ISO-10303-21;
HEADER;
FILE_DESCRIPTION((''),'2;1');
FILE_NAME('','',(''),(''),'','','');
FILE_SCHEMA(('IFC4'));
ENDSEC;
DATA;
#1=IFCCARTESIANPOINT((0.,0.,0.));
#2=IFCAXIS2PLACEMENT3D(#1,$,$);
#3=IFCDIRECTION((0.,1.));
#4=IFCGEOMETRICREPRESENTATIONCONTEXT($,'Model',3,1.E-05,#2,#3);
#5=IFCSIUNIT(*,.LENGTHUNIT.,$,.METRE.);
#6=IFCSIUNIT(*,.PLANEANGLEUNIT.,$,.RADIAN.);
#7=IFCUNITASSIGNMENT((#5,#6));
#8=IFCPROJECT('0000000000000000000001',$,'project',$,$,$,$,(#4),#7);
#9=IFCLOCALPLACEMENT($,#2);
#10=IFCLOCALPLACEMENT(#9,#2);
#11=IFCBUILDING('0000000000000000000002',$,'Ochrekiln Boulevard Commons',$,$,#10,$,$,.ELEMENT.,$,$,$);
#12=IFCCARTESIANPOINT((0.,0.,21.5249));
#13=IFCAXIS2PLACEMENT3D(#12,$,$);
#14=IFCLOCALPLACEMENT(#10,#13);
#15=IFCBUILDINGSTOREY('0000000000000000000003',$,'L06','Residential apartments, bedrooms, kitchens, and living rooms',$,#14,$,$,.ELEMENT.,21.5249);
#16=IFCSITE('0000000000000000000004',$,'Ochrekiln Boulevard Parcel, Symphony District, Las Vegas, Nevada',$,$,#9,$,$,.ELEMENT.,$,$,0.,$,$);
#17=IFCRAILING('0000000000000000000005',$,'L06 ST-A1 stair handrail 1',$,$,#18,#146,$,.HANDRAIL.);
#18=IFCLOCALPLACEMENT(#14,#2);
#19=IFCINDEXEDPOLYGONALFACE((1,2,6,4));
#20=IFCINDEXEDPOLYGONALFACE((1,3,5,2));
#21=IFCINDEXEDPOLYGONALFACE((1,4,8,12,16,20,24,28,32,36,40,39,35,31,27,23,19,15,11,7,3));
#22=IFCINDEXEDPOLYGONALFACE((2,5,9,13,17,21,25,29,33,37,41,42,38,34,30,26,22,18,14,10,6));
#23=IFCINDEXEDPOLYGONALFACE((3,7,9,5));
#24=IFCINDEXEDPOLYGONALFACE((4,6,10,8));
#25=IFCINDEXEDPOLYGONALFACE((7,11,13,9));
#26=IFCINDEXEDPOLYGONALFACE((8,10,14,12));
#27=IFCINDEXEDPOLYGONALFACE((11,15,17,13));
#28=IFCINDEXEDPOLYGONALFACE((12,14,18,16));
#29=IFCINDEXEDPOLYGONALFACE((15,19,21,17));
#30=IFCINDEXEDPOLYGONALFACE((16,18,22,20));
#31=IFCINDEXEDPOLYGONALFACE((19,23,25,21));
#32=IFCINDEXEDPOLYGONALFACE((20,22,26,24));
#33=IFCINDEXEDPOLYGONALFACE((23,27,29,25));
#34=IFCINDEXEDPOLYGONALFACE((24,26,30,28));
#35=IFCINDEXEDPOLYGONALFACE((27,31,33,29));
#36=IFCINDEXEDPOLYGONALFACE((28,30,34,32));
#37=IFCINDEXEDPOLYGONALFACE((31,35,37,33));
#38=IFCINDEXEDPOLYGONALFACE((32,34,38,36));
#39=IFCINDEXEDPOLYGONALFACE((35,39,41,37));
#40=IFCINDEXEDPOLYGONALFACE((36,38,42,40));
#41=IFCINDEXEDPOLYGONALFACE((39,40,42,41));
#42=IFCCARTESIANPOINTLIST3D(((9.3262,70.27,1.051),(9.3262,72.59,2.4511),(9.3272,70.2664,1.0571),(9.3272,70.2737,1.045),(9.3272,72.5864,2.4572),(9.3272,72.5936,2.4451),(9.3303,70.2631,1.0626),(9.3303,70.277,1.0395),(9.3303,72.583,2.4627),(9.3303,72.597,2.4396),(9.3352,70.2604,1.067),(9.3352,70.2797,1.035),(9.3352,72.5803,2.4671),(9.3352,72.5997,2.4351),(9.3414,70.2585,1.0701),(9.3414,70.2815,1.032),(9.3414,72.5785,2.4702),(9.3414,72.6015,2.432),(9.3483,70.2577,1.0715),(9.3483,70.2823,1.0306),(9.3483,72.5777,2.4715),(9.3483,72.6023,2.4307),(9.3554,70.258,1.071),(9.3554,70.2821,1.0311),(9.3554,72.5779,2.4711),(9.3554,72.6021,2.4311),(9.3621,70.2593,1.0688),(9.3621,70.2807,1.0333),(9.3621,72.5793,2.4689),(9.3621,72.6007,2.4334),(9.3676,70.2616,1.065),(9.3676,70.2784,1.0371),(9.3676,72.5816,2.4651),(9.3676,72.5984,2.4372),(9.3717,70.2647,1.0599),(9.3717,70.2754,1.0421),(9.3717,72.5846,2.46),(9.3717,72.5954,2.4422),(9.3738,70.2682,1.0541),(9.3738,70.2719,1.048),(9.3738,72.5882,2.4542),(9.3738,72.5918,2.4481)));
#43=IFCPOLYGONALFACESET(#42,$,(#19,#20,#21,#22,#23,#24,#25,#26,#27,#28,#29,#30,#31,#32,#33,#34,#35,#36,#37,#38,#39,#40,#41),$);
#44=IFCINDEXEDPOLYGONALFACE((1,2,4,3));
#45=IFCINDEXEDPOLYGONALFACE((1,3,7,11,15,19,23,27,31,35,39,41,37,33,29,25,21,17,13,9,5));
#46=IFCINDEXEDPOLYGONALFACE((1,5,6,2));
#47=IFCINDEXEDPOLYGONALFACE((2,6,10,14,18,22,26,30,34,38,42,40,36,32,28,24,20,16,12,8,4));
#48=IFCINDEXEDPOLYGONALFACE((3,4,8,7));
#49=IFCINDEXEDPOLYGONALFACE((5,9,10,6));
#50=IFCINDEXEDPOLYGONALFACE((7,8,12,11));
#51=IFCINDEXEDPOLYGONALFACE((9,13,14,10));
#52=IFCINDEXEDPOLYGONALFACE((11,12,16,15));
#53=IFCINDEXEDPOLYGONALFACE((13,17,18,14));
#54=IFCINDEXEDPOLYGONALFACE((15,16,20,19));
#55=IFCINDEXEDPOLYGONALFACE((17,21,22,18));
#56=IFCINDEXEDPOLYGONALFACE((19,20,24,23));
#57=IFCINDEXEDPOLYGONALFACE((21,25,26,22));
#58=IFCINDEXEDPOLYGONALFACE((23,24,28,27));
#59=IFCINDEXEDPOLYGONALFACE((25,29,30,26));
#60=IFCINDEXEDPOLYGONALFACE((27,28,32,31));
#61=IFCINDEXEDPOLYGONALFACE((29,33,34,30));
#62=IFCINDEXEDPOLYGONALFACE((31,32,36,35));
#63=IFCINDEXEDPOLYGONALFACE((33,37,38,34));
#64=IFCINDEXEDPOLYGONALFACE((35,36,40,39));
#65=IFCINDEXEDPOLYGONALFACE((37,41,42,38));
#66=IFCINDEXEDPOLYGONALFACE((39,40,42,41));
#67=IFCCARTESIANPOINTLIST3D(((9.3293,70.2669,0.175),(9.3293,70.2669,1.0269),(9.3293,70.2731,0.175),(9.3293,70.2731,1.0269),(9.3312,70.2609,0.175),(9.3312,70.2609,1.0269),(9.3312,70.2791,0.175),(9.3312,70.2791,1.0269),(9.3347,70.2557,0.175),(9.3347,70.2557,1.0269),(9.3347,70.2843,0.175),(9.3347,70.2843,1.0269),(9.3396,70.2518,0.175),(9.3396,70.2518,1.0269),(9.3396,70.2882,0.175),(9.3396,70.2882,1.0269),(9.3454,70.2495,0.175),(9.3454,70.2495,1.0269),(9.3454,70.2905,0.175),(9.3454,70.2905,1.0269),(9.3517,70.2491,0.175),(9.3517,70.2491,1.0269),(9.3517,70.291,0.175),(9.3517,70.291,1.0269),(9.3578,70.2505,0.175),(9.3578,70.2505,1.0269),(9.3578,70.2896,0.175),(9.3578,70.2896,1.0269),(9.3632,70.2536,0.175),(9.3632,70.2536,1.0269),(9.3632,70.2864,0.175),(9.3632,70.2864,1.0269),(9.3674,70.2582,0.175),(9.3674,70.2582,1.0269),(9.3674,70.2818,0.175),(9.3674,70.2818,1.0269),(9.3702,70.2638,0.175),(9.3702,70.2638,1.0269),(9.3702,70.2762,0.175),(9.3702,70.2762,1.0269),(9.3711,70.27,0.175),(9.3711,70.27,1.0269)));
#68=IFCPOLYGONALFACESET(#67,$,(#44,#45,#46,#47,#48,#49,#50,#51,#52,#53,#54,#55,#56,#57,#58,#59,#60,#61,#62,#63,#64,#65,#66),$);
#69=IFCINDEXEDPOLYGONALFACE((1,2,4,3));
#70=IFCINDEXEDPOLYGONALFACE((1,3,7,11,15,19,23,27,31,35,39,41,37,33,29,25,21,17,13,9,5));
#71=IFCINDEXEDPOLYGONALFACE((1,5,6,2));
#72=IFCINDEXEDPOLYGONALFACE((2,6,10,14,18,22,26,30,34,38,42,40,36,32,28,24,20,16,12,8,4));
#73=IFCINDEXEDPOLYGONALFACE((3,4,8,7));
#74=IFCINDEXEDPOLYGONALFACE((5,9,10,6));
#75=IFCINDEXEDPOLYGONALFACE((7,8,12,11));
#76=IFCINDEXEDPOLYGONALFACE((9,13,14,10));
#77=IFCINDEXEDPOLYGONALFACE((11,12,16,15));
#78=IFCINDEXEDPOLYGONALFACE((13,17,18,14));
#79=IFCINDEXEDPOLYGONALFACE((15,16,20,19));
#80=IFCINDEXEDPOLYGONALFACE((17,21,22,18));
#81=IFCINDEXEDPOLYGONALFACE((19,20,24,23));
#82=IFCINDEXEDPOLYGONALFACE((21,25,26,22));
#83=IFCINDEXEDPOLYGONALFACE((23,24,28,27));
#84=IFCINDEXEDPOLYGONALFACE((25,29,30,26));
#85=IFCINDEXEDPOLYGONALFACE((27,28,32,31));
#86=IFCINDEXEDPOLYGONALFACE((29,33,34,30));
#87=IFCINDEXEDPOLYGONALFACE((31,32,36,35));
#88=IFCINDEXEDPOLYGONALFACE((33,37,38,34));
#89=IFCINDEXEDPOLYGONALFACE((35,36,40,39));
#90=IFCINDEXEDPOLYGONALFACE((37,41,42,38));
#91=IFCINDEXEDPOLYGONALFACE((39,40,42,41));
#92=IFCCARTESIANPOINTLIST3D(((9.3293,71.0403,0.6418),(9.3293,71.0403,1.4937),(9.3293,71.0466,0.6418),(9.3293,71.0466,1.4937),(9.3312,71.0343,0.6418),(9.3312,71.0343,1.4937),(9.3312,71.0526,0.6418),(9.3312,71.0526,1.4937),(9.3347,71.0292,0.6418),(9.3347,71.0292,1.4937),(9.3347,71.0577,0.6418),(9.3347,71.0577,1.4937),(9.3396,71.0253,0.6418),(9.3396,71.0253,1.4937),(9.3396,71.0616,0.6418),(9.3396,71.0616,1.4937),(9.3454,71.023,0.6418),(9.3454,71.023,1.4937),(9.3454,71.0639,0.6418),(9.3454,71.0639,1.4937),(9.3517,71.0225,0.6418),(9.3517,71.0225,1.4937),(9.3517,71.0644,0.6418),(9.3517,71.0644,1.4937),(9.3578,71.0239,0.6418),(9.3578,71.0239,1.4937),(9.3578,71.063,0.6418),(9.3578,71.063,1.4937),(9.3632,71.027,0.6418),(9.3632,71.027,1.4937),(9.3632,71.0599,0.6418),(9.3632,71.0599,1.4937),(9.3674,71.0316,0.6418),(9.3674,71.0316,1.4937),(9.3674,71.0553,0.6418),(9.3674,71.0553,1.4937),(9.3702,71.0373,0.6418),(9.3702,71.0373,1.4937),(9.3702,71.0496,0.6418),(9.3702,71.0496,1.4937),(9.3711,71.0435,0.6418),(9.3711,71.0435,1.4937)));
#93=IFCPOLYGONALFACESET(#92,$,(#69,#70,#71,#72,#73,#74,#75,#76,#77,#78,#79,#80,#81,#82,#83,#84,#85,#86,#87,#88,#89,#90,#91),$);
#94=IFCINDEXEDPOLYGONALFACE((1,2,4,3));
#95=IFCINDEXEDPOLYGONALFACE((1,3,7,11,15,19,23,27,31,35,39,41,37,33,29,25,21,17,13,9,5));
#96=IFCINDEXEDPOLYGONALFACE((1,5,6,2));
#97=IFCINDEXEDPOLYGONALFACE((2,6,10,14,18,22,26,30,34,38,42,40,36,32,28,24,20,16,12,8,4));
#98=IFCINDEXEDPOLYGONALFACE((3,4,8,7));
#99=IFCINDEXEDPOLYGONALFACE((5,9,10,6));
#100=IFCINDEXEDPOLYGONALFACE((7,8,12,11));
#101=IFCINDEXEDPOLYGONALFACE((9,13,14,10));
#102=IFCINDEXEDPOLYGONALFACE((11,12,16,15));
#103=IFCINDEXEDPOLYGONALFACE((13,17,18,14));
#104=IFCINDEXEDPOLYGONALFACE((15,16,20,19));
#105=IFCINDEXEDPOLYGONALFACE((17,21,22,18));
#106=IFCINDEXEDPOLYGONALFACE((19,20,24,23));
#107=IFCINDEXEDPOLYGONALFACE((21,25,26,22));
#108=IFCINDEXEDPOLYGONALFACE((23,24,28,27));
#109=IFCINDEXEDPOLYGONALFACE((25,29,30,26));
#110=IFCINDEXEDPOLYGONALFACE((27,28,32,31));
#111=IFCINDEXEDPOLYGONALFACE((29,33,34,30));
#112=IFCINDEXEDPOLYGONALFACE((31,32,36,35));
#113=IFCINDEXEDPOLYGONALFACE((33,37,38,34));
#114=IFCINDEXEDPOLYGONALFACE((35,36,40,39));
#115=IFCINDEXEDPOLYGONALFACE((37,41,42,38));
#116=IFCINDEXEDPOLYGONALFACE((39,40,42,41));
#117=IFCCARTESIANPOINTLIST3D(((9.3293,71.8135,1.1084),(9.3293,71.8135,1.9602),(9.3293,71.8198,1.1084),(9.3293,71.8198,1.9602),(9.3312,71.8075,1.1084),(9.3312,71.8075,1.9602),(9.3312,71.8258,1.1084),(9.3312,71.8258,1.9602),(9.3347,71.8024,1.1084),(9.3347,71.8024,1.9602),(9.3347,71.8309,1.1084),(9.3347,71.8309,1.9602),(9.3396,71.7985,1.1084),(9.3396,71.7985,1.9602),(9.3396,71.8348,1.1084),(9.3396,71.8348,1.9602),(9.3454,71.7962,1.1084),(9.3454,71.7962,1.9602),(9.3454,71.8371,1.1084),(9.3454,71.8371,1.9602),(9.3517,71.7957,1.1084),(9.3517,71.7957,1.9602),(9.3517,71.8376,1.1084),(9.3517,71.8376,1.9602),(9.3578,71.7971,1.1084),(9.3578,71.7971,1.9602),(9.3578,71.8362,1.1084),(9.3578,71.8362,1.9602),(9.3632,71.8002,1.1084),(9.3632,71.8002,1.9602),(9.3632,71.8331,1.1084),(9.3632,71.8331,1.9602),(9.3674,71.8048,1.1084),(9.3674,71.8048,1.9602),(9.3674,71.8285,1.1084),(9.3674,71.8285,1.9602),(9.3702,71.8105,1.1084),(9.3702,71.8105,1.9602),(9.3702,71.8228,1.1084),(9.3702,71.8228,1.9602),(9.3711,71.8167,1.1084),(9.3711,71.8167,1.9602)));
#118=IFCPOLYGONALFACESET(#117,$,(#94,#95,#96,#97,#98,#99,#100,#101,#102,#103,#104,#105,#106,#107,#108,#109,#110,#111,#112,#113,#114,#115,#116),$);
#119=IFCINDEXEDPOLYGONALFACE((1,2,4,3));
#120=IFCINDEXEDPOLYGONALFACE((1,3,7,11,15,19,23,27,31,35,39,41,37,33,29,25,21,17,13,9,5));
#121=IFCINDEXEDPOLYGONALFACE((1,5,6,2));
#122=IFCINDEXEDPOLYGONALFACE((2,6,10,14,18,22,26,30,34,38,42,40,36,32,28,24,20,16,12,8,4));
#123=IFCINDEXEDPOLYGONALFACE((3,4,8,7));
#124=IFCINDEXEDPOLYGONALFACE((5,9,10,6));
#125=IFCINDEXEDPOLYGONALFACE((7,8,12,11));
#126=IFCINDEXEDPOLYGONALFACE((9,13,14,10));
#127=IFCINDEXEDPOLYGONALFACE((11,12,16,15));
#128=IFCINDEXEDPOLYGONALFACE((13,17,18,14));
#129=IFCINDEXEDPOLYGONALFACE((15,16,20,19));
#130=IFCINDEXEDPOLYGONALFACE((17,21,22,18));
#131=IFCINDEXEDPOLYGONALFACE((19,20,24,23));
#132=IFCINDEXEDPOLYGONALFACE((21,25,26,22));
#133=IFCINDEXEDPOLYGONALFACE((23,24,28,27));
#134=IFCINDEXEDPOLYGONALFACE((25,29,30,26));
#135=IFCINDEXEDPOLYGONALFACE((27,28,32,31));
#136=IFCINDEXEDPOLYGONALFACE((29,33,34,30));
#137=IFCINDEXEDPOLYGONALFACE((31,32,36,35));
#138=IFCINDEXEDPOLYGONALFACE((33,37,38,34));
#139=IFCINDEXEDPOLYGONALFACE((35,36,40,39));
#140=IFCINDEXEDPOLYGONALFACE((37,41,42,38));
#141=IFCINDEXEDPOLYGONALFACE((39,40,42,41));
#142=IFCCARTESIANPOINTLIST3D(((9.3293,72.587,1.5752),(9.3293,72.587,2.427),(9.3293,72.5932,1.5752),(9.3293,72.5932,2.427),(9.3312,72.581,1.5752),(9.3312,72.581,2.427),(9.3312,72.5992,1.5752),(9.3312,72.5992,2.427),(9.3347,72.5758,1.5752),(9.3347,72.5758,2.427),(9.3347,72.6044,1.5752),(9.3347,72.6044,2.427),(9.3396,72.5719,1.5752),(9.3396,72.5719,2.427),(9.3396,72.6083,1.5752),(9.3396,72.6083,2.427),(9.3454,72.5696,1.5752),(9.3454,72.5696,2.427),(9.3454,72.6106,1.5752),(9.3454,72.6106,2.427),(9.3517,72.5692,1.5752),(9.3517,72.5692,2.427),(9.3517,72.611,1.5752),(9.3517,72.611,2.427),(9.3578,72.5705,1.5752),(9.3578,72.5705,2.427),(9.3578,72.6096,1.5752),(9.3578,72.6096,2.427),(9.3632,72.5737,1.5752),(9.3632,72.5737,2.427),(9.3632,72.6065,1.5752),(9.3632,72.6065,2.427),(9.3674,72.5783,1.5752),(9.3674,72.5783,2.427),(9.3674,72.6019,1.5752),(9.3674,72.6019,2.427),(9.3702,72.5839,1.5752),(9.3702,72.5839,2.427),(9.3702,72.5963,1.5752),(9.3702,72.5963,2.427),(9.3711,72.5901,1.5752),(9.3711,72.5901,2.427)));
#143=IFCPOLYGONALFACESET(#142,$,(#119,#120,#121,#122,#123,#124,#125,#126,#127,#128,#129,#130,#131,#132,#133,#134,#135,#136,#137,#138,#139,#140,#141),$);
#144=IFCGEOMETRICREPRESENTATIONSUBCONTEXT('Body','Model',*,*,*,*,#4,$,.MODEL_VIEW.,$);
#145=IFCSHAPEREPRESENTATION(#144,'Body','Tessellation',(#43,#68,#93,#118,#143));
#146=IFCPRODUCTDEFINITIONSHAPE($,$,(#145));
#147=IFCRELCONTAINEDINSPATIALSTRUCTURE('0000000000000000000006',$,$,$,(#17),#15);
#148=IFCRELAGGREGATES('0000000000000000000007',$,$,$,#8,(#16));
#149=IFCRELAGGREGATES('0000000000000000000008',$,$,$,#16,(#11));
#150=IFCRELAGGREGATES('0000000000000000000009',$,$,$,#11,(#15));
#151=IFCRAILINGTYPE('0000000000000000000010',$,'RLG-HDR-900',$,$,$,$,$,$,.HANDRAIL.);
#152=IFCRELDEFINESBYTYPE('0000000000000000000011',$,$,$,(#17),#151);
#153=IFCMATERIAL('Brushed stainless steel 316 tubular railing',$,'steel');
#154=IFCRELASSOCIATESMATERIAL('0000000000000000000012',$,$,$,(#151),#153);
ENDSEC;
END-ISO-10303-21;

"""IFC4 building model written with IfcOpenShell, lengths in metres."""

from ifc_helpers import new_model, si_unit, direction, frame, origin, origin_2d, place, context, subcontext, project, spatial, circle, extrude, material, type_object, element, save


model = new_model("IFC4")

# Units and contexts
model_context = context("Model", 3, precision=1e-05, world=origin(), true_north=direction((0.0, 1.0)))
body_context = subcontext(model_context, "Body", "Model", "MODEL_VIEW")
ifc_project = project(units=[si_unit("LENGTHUNIT", "METRE"), si_unit("PLANEANGLEUNIT", "RADIAN")], contexts=[model_context])

# Site, building, storey
site_placement = place(None, origin())
site = spatial("IfcSite", under=ifc_project, at=site_placement, Name="Ochrekiln Boulevard Parcel, Symphony District, Las Vegas, Nevada", CompositionType="ELEMENT", RefElevation=0.0)
building_placement = place(site_placement, origin())
building = spatial("IfcBuilding", under=site, at=building_placement, Name="Ochrekiln Boulevard Commons", CompositionType="ELEMENT")
storey_placement = place(building_placement, frame((0.0, 0.0, 21.5249)))
storey = spatial("IfcBuildingStorey", under=building, at=storey_placement, Name="L06", Description="Residential apartments, bedrooms, kitchens, and living rooms", CompositionType="ELEMENT", Elevation=21.5249)

# Railing
ifc_material_1 = material(Name="Brushed stainless steel 316 tubular railing", Category="steel")
railing_type_1 = type_object("IfcRailingType", Name="RLG-HDR-900", PredefinedType="HANDRAIL", material=ifc_material_1)
railing_1_placement = place(storey_placement, frame((9.3501, 70.27, 0.175)))
element("IfcRailing", 1, at=railing_1_placement, inside=storey, type_object=railing_type_1, Name="L06 ST-A1 stair handrail 1", PredefinedType="HANDRAIL", context=body_context, shape_type="SweptSolid", body=[
    extrude(circle(Radius=0.0239, at=origin_2d()), frame((0.0, 0.0, 0.876), z_axis=(0.0, 0.85617, 0.516693), x_axis=(-1.0, 0.0, 0.0)), (0.0, 0.0, 1.0), 2.7097),
    extrude(circle(Radius=0.021, at=origin_2d()), origin(), (0.0, 0.0, 1.0), 0.8518),
    extrude(circle(Radius=0.021, at=origin_2d()), frame((0.0, 0.7734, 0.4668)), (0.0, 0.0, 1.0), 0.8518),
    extrude(circle(Radius=0.021, at=origin_2d()), frame((0.0, 1.5466, 0.9333)), (0.0, 0.0, 1.0), 0.8518),
    extrude(circle(Radius=0.021, at=origin_2d()), frame((0.0, 2.3201, 1.4001)), (0.0, 0.0, 1.0), 0.8518),
])

save(model, "model.ifc")
